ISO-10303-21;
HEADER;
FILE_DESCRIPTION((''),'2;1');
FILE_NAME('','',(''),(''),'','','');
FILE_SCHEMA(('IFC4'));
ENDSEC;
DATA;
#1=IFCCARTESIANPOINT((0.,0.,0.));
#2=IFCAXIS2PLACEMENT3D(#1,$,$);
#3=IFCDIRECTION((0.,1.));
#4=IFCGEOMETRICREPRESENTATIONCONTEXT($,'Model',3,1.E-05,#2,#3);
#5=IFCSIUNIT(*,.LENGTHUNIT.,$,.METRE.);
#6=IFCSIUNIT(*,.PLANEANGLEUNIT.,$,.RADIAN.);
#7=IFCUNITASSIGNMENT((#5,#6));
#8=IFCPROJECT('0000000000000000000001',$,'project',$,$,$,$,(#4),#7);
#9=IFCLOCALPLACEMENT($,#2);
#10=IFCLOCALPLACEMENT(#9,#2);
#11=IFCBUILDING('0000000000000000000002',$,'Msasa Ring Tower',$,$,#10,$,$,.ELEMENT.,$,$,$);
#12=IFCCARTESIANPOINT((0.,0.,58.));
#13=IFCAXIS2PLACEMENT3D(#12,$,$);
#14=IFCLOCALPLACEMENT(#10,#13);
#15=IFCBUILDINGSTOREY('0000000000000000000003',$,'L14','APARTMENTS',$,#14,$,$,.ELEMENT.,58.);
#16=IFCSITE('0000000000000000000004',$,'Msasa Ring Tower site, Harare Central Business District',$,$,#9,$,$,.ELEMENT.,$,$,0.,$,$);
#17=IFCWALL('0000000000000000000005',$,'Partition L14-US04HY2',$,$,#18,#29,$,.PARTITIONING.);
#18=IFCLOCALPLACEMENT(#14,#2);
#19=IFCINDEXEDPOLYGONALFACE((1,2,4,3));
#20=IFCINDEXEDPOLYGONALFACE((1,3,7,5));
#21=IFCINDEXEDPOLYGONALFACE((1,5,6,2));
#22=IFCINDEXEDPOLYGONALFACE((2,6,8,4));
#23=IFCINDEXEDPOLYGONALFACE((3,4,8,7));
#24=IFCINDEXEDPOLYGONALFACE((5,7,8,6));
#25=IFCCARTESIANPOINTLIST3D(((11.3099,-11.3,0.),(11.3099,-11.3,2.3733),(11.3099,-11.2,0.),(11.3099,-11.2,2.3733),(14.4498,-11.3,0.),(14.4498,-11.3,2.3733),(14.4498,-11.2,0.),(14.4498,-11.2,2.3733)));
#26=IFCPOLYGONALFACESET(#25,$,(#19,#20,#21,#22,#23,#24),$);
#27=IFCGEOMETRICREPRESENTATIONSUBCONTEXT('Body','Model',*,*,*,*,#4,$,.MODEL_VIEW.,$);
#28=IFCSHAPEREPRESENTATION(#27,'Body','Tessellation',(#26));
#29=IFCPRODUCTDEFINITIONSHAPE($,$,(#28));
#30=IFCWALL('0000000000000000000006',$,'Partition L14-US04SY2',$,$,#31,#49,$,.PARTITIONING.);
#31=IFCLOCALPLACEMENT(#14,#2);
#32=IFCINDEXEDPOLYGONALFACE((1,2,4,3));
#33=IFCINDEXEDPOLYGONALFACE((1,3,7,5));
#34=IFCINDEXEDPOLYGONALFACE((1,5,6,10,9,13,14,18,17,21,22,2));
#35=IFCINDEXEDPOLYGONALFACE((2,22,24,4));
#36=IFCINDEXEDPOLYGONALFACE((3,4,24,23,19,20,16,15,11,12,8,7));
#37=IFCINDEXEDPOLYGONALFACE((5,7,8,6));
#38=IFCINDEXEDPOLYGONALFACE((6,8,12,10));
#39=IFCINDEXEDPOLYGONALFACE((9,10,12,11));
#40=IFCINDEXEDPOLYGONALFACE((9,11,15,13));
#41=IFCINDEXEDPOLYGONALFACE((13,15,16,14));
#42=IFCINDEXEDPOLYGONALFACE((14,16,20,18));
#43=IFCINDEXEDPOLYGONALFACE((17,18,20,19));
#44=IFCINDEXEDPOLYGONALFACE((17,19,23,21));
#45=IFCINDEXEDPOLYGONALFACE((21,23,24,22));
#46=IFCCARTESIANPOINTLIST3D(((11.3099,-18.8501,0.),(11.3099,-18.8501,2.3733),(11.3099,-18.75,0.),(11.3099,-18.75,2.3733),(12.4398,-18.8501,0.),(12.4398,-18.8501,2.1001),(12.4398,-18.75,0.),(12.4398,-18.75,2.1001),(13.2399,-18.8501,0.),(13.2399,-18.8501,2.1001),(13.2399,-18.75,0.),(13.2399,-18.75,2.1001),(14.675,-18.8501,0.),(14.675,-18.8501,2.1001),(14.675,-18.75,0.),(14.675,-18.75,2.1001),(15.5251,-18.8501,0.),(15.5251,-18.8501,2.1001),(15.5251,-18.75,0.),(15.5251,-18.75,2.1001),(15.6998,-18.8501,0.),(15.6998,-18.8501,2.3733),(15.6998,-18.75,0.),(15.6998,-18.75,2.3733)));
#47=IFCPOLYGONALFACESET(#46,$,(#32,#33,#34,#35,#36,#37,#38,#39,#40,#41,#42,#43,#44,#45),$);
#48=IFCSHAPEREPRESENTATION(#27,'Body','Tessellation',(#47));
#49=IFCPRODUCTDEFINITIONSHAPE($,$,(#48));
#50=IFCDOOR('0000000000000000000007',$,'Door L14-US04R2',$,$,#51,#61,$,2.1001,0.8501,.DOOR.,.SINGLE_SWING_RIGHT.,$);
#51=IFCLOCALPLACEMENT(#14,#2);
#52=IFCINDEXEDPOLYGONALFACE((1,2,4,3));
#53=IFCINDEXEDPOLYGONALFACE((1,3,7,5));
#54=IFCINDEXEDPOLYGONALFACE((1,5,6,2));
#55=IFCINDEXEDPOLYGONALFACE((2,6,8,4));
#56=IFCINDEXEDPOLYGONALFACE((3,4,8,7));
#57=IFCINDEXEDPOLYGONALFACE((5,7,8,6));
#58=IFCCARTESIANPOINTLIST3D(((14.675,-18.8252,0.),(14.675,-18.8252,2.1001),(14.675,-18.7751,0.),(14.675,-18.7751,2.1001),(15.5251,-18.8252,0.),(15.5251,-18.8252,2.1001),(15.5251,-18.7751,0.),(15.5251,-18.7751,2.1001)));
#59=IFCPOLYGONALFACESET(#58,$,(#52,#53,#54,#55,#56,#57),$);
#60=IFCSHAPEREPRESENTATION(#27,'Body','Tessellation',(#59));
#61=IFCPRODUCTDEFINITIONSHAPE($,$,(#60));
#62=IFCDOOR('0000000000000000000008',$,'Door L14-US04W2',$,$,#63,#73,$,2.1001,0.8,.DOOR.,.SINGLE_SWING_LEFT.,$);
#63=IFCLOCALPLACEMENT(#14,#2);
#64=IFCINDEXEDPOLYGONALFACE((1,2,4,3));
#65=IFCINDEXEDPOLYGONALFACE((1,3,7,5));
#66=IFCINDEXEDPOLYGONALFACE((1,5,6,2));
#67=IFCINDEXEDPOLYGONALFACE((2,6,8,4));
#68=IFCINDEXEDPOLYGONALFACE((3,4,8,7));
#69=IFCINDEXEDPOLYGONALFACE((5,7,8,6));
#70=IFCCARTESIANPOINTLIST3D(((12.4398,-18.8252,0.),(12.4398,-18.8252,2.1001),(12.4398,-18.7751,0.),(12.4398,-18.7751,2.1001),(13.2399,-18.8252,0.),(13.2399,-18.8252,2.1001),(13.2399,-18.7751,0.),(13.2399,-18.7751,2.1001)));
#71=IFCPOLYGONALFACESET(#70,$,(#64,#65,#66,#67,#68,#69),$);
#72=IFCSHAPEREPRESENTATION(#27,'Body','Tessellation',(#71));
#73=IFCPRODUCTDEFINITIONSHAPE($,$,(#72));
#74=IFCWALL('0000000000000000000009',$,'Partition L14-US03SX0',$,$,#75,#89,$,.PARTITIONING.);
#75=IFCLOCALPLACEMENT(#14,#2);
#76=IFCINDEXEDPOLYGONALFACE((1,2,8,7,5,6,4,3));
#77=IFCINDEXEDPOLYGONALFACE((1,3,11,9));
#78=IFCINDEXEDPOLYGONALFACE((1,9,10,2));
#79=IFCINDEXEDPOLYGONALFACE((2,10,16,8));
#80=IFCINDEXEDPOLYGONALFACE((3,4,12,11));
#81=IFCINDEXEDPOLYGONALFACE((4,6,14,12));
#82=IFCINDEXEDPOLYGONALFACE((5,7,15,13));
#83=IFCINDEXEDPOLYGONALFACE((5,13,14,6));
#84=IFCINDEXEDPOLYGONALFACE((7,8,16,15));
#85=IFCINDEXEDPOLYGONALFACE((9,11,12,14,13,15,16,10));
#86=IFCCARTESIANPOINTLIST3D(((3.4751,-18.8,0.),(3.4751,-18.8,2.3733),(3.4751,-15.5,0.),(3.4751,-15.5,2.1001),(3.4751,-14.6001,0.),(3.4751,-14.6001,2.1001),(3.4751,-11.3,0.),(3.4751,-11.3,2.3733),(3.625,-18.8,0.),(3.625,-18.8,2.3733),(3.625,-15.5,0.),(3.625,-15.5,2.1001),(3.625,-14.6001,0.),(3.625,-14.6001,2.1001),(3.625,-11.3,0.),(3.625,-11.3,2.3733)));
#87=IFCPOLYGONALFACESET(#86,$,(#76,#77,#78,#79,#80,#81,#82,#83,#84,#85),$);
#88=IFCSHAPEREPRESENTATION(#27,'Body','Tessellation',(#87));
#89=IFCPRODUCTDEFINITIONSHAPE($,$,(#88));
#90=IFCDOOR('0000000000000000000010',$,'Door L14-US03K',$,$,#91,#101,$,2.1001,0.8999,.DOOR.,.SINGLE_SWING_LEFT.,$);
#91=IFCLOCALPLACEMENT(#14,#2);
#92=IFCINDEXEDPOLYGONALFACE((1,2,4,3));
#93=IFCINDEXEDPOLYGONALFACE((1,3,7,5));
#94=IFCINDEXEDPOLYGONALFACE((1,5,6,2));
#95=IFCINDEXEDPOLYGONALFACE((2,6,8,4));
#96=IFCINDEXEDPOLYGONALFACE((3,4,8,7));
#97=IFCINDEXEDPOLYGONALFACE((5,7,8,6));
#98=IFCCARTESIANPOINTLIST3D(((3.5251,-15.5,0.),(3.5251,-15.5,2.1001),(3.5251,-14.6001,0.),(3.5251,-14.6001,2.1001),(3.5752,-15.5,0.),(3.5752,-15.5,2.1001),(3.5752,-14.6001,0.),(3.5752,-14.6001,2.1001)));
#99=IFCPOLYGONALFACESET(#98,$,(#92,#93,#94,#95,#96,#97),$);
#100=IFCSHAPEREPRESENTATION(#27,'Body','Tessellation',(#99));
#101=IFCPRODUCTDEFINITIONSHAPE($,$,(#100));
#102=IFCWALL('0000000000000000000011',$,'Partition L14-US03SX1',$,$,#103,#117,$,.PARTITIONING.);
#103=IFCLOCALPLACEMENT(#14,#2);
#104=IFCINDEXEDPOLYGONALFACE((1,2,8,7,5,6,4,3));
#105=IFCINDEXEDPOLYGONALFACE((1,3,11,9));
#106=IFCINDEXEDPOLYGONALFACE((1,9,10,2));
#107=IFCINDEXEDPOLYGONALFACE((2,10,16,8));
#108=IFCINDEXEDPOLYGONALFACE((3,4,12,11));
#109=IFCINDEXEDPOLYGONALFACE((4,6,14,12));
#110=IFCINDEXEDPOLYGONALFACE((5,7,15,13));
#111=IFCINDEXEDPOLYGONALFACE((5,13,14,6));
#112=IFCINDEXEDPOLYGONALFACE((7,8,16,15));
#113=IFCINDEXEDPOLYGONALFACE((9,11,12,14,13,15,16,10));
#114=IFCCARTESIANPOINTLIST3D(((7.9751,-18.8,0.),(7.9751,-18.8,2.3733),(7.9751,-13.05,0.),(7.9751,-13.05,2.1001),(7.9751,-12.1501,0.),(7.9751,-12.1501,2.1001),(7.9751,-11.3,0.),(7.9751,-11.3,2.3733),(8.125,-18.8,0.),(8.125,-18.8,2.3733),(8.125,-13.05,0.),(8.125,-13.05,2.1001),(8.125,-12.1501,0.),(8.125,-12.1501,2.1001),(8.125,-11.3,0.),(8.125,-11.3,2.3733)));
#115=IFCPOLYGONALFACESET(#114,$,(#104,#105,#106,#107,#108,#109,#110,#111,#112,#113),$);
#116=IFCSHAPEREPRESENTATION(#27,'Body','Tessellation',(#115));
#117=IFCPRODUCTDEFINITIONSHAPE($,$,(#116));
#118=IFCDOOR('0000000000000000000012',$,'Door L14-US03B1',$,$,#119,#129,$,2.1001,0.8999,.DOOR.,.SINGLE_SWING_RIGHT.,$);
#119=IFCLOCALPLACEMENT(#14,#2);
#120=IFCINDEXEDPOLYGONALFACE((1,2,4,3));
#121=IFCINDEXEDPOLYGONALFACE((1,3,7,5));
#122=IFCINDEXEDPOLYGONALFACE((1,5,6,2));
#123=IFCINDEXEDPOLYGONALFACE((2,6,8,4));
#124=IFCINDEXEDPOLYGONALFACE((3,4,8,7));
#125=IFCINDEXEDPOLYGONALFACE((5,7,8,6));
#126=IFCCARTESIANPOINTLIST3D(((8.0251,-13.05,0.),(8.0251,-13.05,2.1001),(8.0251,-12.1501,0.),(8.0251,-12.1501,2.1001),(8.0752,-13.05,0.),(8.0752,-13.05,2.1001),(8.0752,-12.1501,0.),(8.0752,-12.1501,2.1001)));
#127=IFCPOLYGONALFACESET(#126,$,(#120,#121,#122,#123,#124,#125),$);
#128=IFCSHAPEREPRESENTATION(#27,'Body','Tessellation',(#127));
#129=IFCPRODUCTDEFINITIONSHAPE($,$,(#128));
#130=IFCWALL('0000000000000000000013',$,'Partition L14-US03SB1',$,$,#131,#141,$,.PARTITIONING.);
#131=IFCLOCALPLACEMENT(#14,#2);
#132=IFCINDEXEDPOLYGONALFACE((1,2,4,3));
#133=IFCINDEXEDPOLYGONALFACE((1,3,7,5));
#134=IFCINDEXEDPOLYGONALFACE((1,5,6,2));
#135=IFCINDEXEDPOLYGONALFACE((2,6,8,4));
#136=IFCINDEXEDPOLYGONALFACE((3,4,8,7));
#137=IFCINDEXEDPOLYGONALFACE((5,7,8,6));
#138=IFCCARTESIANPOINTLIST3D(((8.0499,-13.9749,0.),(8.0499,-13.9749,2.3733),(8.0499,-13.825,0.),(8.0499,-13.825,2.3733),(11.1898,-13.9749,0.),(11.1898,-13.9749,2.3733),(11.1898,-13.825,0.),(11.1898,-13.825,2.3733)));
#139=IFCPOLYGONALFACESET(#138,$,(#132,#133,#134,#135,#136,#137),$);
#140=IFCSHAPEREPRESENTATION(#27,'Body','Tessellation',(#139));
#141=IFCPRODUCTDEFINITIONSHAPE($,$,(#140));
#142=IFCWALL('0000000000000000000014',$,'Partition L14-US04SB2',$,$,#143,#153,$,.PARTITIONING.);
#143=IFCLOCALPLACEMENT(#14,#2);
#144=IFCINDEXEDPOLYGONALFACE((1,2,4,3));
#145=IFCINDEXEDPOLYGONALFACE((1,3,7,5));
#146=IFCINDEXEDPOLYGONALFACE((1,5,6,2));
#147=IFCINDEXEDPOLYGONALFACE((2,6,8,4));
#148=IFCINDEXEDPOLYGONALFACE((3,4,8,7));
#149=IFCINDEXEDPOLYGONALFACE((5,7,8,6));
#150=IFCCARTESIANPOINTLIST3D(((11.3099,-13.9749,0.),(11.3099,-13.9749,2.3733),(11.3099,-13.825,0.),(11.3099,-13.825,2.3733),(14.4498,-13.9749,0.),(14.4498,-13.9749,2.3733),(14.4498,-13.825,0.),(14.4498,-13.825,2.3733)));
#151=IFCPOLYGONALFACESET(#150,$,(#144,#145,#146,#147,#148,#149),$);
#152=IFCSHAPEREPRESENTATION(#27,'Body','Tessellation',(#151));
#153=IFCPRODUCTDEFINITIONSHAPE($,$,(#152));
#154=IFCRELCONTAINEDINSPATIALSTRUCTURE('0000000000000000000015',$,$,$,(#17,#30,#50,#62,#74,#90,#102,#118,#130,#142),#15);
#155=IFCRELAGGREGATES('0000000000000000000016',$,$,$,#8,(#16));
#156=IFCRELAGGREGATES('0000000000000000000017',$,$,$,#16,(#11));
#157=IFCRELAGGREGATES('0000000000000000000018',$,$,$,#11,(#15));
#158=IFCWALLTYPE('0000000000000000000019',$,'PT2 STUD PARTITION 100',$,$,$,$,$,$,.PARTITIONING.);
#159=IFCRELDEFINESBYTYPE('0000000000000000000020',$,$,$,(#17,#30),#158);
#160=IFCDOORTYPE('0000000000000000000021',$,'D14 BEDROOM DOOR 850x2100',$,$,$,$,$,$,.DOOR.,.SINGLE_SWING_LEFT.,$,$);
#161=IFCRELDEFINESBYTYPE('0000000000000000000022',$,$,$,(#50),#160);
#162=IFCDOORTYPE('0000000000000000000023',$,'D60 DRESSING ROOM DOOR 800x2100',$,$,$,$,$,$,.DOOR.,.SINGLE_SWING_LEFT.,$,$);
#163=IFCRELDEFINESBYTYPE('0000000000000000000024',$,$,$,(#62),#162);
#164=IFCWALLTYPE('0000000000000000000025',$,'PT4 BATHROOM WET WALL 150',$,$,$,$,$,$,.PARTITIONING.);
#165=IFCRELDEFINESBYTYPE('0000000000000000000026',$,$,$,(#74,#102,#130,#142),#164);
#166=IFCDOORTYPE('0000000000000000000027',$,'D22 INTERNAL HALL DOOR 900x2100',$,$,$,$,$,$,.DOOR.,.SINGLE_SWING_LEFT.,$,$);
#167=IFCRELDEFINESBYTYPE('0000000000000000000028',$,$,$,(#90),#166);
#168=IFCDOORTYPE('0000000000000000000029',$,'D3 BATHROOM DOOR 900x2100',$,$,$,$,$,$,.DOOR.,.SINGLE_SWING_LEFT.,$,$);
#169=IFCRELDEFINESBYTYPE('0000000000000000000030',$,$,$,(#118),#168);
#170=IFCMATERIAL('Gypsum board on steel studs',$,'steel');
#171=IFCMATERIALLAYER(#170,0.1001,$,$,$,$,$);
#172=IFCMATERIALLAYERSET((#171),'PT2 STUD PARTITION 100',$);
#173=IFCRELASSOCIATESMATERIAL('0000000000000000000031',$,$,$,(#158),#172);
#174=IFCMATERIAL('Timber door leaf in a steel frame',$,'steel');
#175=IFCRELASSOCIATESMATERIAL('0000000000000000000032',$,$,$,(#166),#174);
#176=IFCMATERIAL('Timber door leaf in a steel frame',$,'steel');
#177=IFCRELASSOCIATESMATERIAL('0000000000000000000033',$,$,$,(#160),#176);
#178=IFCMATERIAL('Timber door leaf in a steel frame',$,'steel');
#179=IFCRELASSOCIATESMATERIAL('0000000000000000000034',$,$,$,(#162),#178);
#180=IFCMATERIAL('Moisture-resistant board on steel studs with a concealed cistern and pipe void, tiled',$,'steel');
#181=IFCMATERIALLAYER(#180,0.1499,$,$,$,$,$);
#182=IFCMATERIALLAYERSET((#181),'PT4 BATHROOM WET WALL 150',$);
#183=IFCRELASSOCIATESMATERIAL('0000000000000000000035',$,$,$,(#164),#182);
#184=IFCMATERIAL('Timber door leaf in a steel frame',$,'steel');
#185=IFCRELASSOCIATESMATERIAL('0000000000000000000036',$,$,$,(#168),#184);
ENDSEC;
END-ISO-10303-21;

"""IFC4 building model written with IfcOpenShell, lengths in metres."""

from ifc_helpers import new_model, si_unit, direction, frame, frame_2d, origin, place, context, subcontext, project, spatial, rectangle, extrude, material, layer, layer_set, type_object, element, fill, save


model = new_model("IFC4")

# Units and contexts
model_context = context("Model", 3, precision=1e-05, world=origin(), true_north=direction((0.0, 1.0)))
body_context = subcontext(model_context, "Body", "Model", "MODEL_VIEW")
ifc_project = project(units=[si_unit("LENGTHUNIT", "METRE"), si_unit("PLANEANGLEUNIT", "RADIAN")], contexts=[model_context])

# Site, building, storey
site_placement = place(None, origin())
site = spatial("IfcSite", under=ifc_project, at=site_placement, Name="Msasa Ring Tower site, Harare Central Business District", CompositionType="ELEMENT", RefElevation=0.0)
building_placement = place(site_placement, origin())
building = spatial("IfcBuilding", under=site, at=building_placement, Name="Msasa Ring Tower", CompositionType="ELEMENT")
storey_placement = place(building_placement, frame((0.0, 0.0, 58.0)))
storey = spatial("IfcBuildingStorey", under=building, at=storey_placement, Name="L14", Description="APARTMENTS", CompositionType="ELEMENT", Elevation=58.0)

# Shared definitions
ifc_material_1 = material(Name="Gypsum board on steel studs", Category="steel")
ifc_layer_1 = layer(ifc_material_1, 0.1001)
ifc_layer_set_1 = layer_set([ifc_layer_1], Name="PT2 STUD PARTITION 100")
wall_type_1 = type_object("IfcWallType", Name="PT2 STUD PARTITION 100", PredefinedType="PARTITIONING", material=ifc_layer_set_1)

# Shared definitions
ifc_material_2 = material(Name="Timber door leaf in a steel frame", Category="steel")
door_type_1 = type_object("IfcDoorType", Name="D22 INTERNAL HALL DOOR 900x2100", OperationType="SINGLE_SWING_LEFT", PredefinedType="DOOR", material=ifc_material_2)

# Shared definitions
ifc_material_3 = material(Name="Timber door leaf in a steel frame", Category="steel")
door_type_2 = type_object("IfcDoorType", Name="D14 BEDROOM DOOR 850x2100", OperationType="SINGLE_SWING_LEFT", PredefinedType="DOOR", material=ifc_material_3)
ifc_material_4 = material(Name="Timber door leaf in a steel frame", Category="steel")
door_type_3 = type_object("IfcDoorType", Name="D60 DRESSING ROOM DOOR 800x2100", OperationType="SINGLE_SWING_LEFT", PredefinedType="DOOR", material=ifc_material_4)

# Wall
wall_1_placement = place(storey_placement, frame((11.3101, -11.25, 0.0), z_axis=(0.0, 0.0, 1.0), x_axis=(1.0, 0.0, 0.0)))
element("IfcWall", 1, at=wall_1_placement, inside=storey, type_object=wall_type_1, Name="Partition L14-US04HY2", PredefinedType="PARTITIONING", context=body_context, shape_type="SweptSolid", body=[
    extrude(rectangle(XDim=3.1399, YDim=0.1001, at=frame_2d((1.5698, 0.0))), origin(), (0.0, 0.0, 1.0), 2.3733),
])

# Wall, openings, doors
wall_2_placement = place(storey_placement, frame((11.3101, -18.8, 0.0), z_axis=(0.0, 0.0, 1.0), x_axis=(1.0, 0.0, 0.0)))
wall_2 = element("IfcWall", 2, at=wall_2_placement, inside=storey, type_object=wall_type_1, Name="Partition L14-US04SY2", PredefinedType="PARTITIONING", context=body_context, shape_type="SweptSolid", body=[
    extrude(rectangle(XDim=4.3899, YDim=0.1001, at=frame_2d((2.1948, 0.0))), origin(), (0.0, 0.0, 1.0), 2.3733),
])
opening_1_placement = place(wall_2_placement, frame((3.365, 0.0, 0.0)))
opening_1 = element("IfcOpeningElement", 3, at=opening_1_placement, cuts=wall_2, PredefinedType="OPENING", context=body_context, shape_type="SweptSolid", body=[
    extrude(rectangle(XDim=0.8501, YDim=2.1001, at=frame_2d((0.425, 1.05))), frame((0.0, 0.0601, 0.0), z_axis=(0.0, -1.0, 0.0), x_axis=(1.0, 0.0, 0.0)), (0.0, 0.0, 1.0), 0.1201),
])
opening_2_placement = place(wall_2_placement, frame((1.1299, 0.0, 0.0)))
opening_2 = element("IfcOpeningElement", 4, at=opening_2_placement, cuts=wall_2, PredefinedType="OPENING", context=body_context, shape_type="SweptSolid", body=[
    extrude(rectangle(XDim=0.8, YDim=2.1001, at=frame_2d((0.3999, 1.05))), frame((0.0, 0.0601, 0.0), z_axis=(0.0, -1.0, 0.0), x_axis=(1.0, 0.0, 0.0)), (0.0, 0.0, 1.0), 0.1201),
])
door_1_placement = place(opening_1_placement, origin())
door_1 = element("IfcDoor", 5, at=door_1_placement, inside=storey, type_object=door_type_2, Name="Door L14-US04R2", OperationType="SINGLE_SWING_RIGHT", OverallHeight=2.1001, OverallWidth=0.8501, PredefinedType="DOOR", context=body_context, shape_type="SweptSolid", body=[
    extrude(rectangle(XDim=0.8501, YDim=2.1001, at=frame_2d((0.425, 1.05))), frame((0.0, 0.0249, 0.0), z_axis=(0.0, -1.0, 0.0), x_axis=(1.0, 0.0, 0.0)), (0.0, 0.0, 1.0), 0.05),
])
fill(opening_1, door_1)
door_2_placement = place(opening_2_placement, origin())
door_2 = element("IfcDoor", 6, at=door_2_placement, inside=storey, type_object=door_type_3, Name="Door L14-US04W2", OperationType="SINGLE_SWING_LEFT", OverallHeight=2.1001, OverallWidth=0.8, PredefinedType="DOOR", context=body_context, shape_type="SweptSolid", body=[
    extrude(rectangle(XDim=0.8, YDim=2.1001, at=frame_2d((0.3999, 1.05))), frame((0.0, 0.0249, 0.0), z_axis=(0.0, -1.0, 0.0), x_axis=(1.0, 0.0, 0.0)), (0.0, 0.0, 1.0), 0.05),
])
fill(opening_2, door_2)

# Walls, openings, doors
ifc_material_5 = material(Name="Moisture-resistant board on steel studs with a concealed cistern and pipe void, tiled", Category="steel")
ifc_layer_2 = layer(ifc_material_5, 0.1499)
ifc_layer_set_2 = layer_set([ifc_layer_2], Name="PT4 BATHROOM WET WALL 150")
wall_type_2 = type_object("IfcWallType", Name="PT4 BATHROOM WET WALL 150", PredefinedType="PARTITIONING", material=ifc_layer_set_2)
wall_3_placement = place(storey_placement, frame((3.55, -18.8, 0.0), z_axis=(0.0, 0.0, 1.0), x_axis=(0.0, 1.0, 0.0)))
wall_3 = element("IfcWall", 7, at=wall_3_placement, inside=storey, type_object=wall_type_2, Name="Partition L14-US03SX0", PredefinedType="PARTITIONING", context=body_context, shape_type="SweptSolid", body=[
    extrude(rectangle(XDim=7.5, YDim=0.1499, at=frame_2d((3.75, 0.0))), origin(), (0.0, 0.0, 1.0), 2.3733),
])
opening_3_placement = place(wall_3_placement, frame((3.3, 0.0, 0.0)))
opening_3 = element("IfcOpeningElement", 8, at=opening_3_placement, cuts=wall_3, PredefinedType="OPENING", context=body_context, shape_type="SweptSolid", body=[
    extrude(rectangle(XDim=0.8999, YDim=2.1001, at=frame_2d((0.45, 1.05))), frame((0.0, 0.085, 0.0), z_axis=(0.0, -1.0, 0.0), x_axis=(1.0, 0.0, 0.0)), (0.0, 0.0, 1.0), 0.1699),
])
door_3_placement = place(opening_3_placement, origin())
door_3 = element("IfcDoor", 9, at=door_3_placement, inside=storey, type_object=door_type_1, Name="Door L14-US03K", OperationType="SINGLE_SWING_LEFT", OverallHeight=2.1001, OverallWidth=0.8999, PredefinedType="DOOR", context=body_context, shape_type="SweptSolid", body=[
    extrude(rectangle(XDim=0.8999, YDim=2.1001, at=frame_2d((0.45, 1.05))), frame((0.0, 0.0249, 0.0), z_axis=(0.0, -1.0, 0.0), x_axis=(1.0, 0.0, 0.0)), (0.0, 0.0, 1.0), 0.05),
])
fill(opening_3, door_3)
wall_4_placement = place(storey_placement, frame((8.05, -18.8, 0.0), z_axis=(0.0, 0.0, 1.0), x_axis=(0.0, 1.0, 0.0)))
wall_4 = element("IfcWall", 10, at=wall_4_placement, inside=storey, type_object=wall_type_2, Name="Partition L14-US03SX1", PredefinedType="PARTITIONING", context=body_context, shape_type="SweptSolid", body=[
    extrude(rectangle(XDim=7.5, YDim=0.1499, at=frame_2d((3.75, 0.0))), origin(), (0.0, 0.0, 1.0), 2.3733),
])
opening_4_placement = place(wall_4_placement, frame((5.75, 0.0, 0.0)))
opening_4 = element("IfcOpeningElement", 11, at=opening_4_placement, cuts=wall_4, PredefinedType="OPENING", context=body_context, shape_type="SweptSolid", body=[
    extrude(rectangle(XDim=0.8999, YDim=2.1001, at=frame_2d((0.45, 1.05))), frame((0.0, 0.085, 0.0), z_axis=(0.0, -1.0, 0.0), x_axis=(1.0, 0.0, 0.0)), (0.0, 0.0, 1.0), 0.1699),
])
ifc_material_6 = material(Name="Timber door leaf in a steel frame", Category="steel")
door_type_4 = type_object("IfcDoorType", Name="D3 BATHROOM DOOR 900x2100", OperationType="SINGLE_SWING_LEFT", PredefinedType="DOOR", material=ifc_material_6)
door_4_placement = place(opening_4_placement, origin())
door_4 = element("IfcDoor", 12, at=door_4_placement, inside=storey, type_object=door_type_4, Name="Door L14-US03B1", OperationType="SINGLE_SWING_RIGHT", OverallHeight=2.1001, OverallWidth=0.8999, PredefinedType="DOOR", context=body_context, shape_type="SweptSolid", body=[
    extrude(rectangle(XDim=0.8999, YDim=2.1001, at=frame_2d((0.45, 1.05))), frame((0.0, 0.0249, 0.0), z_axis=(0.0, -1.0, 0.0), x_axis=(1.0, 0.0, 0.0)), (0.0, 0.0, 1.0), 0.05),
])
fill(opening_4, door_4)

# Walls
for number, where, z_axis, x_axis, name in (
    (13, (8.05, -13.8999, 0.0), (0.0, 0.0, 1.0), (1.0, 0.0, 0.0), "Partition L14-US03SB1"),
    (14, (11.3101, -13.8999, 0.0), (0.0, 0.0, 1.0), (1.0, 0.0, 0.0), "Partition L14-US04SB2"),
):
    element("IfcWall", number, at=place(storey_placement, frame(where, z_axis=z_axis, x_axis=x_axis)), inside=storey, type_object=wall_type_2, Name=name, PredefinedType="PARTITIONING", context=body_context, shape_type="SweptSolid", body=[
        extrude(rectangle(XDim=3.1399, YDim=0.1499, at=frame_2d((1.5698, 0.0))), origin(), (0.0, 0.0, 1.0), 2.3733),
    ])

save(model, "model.ifc")
